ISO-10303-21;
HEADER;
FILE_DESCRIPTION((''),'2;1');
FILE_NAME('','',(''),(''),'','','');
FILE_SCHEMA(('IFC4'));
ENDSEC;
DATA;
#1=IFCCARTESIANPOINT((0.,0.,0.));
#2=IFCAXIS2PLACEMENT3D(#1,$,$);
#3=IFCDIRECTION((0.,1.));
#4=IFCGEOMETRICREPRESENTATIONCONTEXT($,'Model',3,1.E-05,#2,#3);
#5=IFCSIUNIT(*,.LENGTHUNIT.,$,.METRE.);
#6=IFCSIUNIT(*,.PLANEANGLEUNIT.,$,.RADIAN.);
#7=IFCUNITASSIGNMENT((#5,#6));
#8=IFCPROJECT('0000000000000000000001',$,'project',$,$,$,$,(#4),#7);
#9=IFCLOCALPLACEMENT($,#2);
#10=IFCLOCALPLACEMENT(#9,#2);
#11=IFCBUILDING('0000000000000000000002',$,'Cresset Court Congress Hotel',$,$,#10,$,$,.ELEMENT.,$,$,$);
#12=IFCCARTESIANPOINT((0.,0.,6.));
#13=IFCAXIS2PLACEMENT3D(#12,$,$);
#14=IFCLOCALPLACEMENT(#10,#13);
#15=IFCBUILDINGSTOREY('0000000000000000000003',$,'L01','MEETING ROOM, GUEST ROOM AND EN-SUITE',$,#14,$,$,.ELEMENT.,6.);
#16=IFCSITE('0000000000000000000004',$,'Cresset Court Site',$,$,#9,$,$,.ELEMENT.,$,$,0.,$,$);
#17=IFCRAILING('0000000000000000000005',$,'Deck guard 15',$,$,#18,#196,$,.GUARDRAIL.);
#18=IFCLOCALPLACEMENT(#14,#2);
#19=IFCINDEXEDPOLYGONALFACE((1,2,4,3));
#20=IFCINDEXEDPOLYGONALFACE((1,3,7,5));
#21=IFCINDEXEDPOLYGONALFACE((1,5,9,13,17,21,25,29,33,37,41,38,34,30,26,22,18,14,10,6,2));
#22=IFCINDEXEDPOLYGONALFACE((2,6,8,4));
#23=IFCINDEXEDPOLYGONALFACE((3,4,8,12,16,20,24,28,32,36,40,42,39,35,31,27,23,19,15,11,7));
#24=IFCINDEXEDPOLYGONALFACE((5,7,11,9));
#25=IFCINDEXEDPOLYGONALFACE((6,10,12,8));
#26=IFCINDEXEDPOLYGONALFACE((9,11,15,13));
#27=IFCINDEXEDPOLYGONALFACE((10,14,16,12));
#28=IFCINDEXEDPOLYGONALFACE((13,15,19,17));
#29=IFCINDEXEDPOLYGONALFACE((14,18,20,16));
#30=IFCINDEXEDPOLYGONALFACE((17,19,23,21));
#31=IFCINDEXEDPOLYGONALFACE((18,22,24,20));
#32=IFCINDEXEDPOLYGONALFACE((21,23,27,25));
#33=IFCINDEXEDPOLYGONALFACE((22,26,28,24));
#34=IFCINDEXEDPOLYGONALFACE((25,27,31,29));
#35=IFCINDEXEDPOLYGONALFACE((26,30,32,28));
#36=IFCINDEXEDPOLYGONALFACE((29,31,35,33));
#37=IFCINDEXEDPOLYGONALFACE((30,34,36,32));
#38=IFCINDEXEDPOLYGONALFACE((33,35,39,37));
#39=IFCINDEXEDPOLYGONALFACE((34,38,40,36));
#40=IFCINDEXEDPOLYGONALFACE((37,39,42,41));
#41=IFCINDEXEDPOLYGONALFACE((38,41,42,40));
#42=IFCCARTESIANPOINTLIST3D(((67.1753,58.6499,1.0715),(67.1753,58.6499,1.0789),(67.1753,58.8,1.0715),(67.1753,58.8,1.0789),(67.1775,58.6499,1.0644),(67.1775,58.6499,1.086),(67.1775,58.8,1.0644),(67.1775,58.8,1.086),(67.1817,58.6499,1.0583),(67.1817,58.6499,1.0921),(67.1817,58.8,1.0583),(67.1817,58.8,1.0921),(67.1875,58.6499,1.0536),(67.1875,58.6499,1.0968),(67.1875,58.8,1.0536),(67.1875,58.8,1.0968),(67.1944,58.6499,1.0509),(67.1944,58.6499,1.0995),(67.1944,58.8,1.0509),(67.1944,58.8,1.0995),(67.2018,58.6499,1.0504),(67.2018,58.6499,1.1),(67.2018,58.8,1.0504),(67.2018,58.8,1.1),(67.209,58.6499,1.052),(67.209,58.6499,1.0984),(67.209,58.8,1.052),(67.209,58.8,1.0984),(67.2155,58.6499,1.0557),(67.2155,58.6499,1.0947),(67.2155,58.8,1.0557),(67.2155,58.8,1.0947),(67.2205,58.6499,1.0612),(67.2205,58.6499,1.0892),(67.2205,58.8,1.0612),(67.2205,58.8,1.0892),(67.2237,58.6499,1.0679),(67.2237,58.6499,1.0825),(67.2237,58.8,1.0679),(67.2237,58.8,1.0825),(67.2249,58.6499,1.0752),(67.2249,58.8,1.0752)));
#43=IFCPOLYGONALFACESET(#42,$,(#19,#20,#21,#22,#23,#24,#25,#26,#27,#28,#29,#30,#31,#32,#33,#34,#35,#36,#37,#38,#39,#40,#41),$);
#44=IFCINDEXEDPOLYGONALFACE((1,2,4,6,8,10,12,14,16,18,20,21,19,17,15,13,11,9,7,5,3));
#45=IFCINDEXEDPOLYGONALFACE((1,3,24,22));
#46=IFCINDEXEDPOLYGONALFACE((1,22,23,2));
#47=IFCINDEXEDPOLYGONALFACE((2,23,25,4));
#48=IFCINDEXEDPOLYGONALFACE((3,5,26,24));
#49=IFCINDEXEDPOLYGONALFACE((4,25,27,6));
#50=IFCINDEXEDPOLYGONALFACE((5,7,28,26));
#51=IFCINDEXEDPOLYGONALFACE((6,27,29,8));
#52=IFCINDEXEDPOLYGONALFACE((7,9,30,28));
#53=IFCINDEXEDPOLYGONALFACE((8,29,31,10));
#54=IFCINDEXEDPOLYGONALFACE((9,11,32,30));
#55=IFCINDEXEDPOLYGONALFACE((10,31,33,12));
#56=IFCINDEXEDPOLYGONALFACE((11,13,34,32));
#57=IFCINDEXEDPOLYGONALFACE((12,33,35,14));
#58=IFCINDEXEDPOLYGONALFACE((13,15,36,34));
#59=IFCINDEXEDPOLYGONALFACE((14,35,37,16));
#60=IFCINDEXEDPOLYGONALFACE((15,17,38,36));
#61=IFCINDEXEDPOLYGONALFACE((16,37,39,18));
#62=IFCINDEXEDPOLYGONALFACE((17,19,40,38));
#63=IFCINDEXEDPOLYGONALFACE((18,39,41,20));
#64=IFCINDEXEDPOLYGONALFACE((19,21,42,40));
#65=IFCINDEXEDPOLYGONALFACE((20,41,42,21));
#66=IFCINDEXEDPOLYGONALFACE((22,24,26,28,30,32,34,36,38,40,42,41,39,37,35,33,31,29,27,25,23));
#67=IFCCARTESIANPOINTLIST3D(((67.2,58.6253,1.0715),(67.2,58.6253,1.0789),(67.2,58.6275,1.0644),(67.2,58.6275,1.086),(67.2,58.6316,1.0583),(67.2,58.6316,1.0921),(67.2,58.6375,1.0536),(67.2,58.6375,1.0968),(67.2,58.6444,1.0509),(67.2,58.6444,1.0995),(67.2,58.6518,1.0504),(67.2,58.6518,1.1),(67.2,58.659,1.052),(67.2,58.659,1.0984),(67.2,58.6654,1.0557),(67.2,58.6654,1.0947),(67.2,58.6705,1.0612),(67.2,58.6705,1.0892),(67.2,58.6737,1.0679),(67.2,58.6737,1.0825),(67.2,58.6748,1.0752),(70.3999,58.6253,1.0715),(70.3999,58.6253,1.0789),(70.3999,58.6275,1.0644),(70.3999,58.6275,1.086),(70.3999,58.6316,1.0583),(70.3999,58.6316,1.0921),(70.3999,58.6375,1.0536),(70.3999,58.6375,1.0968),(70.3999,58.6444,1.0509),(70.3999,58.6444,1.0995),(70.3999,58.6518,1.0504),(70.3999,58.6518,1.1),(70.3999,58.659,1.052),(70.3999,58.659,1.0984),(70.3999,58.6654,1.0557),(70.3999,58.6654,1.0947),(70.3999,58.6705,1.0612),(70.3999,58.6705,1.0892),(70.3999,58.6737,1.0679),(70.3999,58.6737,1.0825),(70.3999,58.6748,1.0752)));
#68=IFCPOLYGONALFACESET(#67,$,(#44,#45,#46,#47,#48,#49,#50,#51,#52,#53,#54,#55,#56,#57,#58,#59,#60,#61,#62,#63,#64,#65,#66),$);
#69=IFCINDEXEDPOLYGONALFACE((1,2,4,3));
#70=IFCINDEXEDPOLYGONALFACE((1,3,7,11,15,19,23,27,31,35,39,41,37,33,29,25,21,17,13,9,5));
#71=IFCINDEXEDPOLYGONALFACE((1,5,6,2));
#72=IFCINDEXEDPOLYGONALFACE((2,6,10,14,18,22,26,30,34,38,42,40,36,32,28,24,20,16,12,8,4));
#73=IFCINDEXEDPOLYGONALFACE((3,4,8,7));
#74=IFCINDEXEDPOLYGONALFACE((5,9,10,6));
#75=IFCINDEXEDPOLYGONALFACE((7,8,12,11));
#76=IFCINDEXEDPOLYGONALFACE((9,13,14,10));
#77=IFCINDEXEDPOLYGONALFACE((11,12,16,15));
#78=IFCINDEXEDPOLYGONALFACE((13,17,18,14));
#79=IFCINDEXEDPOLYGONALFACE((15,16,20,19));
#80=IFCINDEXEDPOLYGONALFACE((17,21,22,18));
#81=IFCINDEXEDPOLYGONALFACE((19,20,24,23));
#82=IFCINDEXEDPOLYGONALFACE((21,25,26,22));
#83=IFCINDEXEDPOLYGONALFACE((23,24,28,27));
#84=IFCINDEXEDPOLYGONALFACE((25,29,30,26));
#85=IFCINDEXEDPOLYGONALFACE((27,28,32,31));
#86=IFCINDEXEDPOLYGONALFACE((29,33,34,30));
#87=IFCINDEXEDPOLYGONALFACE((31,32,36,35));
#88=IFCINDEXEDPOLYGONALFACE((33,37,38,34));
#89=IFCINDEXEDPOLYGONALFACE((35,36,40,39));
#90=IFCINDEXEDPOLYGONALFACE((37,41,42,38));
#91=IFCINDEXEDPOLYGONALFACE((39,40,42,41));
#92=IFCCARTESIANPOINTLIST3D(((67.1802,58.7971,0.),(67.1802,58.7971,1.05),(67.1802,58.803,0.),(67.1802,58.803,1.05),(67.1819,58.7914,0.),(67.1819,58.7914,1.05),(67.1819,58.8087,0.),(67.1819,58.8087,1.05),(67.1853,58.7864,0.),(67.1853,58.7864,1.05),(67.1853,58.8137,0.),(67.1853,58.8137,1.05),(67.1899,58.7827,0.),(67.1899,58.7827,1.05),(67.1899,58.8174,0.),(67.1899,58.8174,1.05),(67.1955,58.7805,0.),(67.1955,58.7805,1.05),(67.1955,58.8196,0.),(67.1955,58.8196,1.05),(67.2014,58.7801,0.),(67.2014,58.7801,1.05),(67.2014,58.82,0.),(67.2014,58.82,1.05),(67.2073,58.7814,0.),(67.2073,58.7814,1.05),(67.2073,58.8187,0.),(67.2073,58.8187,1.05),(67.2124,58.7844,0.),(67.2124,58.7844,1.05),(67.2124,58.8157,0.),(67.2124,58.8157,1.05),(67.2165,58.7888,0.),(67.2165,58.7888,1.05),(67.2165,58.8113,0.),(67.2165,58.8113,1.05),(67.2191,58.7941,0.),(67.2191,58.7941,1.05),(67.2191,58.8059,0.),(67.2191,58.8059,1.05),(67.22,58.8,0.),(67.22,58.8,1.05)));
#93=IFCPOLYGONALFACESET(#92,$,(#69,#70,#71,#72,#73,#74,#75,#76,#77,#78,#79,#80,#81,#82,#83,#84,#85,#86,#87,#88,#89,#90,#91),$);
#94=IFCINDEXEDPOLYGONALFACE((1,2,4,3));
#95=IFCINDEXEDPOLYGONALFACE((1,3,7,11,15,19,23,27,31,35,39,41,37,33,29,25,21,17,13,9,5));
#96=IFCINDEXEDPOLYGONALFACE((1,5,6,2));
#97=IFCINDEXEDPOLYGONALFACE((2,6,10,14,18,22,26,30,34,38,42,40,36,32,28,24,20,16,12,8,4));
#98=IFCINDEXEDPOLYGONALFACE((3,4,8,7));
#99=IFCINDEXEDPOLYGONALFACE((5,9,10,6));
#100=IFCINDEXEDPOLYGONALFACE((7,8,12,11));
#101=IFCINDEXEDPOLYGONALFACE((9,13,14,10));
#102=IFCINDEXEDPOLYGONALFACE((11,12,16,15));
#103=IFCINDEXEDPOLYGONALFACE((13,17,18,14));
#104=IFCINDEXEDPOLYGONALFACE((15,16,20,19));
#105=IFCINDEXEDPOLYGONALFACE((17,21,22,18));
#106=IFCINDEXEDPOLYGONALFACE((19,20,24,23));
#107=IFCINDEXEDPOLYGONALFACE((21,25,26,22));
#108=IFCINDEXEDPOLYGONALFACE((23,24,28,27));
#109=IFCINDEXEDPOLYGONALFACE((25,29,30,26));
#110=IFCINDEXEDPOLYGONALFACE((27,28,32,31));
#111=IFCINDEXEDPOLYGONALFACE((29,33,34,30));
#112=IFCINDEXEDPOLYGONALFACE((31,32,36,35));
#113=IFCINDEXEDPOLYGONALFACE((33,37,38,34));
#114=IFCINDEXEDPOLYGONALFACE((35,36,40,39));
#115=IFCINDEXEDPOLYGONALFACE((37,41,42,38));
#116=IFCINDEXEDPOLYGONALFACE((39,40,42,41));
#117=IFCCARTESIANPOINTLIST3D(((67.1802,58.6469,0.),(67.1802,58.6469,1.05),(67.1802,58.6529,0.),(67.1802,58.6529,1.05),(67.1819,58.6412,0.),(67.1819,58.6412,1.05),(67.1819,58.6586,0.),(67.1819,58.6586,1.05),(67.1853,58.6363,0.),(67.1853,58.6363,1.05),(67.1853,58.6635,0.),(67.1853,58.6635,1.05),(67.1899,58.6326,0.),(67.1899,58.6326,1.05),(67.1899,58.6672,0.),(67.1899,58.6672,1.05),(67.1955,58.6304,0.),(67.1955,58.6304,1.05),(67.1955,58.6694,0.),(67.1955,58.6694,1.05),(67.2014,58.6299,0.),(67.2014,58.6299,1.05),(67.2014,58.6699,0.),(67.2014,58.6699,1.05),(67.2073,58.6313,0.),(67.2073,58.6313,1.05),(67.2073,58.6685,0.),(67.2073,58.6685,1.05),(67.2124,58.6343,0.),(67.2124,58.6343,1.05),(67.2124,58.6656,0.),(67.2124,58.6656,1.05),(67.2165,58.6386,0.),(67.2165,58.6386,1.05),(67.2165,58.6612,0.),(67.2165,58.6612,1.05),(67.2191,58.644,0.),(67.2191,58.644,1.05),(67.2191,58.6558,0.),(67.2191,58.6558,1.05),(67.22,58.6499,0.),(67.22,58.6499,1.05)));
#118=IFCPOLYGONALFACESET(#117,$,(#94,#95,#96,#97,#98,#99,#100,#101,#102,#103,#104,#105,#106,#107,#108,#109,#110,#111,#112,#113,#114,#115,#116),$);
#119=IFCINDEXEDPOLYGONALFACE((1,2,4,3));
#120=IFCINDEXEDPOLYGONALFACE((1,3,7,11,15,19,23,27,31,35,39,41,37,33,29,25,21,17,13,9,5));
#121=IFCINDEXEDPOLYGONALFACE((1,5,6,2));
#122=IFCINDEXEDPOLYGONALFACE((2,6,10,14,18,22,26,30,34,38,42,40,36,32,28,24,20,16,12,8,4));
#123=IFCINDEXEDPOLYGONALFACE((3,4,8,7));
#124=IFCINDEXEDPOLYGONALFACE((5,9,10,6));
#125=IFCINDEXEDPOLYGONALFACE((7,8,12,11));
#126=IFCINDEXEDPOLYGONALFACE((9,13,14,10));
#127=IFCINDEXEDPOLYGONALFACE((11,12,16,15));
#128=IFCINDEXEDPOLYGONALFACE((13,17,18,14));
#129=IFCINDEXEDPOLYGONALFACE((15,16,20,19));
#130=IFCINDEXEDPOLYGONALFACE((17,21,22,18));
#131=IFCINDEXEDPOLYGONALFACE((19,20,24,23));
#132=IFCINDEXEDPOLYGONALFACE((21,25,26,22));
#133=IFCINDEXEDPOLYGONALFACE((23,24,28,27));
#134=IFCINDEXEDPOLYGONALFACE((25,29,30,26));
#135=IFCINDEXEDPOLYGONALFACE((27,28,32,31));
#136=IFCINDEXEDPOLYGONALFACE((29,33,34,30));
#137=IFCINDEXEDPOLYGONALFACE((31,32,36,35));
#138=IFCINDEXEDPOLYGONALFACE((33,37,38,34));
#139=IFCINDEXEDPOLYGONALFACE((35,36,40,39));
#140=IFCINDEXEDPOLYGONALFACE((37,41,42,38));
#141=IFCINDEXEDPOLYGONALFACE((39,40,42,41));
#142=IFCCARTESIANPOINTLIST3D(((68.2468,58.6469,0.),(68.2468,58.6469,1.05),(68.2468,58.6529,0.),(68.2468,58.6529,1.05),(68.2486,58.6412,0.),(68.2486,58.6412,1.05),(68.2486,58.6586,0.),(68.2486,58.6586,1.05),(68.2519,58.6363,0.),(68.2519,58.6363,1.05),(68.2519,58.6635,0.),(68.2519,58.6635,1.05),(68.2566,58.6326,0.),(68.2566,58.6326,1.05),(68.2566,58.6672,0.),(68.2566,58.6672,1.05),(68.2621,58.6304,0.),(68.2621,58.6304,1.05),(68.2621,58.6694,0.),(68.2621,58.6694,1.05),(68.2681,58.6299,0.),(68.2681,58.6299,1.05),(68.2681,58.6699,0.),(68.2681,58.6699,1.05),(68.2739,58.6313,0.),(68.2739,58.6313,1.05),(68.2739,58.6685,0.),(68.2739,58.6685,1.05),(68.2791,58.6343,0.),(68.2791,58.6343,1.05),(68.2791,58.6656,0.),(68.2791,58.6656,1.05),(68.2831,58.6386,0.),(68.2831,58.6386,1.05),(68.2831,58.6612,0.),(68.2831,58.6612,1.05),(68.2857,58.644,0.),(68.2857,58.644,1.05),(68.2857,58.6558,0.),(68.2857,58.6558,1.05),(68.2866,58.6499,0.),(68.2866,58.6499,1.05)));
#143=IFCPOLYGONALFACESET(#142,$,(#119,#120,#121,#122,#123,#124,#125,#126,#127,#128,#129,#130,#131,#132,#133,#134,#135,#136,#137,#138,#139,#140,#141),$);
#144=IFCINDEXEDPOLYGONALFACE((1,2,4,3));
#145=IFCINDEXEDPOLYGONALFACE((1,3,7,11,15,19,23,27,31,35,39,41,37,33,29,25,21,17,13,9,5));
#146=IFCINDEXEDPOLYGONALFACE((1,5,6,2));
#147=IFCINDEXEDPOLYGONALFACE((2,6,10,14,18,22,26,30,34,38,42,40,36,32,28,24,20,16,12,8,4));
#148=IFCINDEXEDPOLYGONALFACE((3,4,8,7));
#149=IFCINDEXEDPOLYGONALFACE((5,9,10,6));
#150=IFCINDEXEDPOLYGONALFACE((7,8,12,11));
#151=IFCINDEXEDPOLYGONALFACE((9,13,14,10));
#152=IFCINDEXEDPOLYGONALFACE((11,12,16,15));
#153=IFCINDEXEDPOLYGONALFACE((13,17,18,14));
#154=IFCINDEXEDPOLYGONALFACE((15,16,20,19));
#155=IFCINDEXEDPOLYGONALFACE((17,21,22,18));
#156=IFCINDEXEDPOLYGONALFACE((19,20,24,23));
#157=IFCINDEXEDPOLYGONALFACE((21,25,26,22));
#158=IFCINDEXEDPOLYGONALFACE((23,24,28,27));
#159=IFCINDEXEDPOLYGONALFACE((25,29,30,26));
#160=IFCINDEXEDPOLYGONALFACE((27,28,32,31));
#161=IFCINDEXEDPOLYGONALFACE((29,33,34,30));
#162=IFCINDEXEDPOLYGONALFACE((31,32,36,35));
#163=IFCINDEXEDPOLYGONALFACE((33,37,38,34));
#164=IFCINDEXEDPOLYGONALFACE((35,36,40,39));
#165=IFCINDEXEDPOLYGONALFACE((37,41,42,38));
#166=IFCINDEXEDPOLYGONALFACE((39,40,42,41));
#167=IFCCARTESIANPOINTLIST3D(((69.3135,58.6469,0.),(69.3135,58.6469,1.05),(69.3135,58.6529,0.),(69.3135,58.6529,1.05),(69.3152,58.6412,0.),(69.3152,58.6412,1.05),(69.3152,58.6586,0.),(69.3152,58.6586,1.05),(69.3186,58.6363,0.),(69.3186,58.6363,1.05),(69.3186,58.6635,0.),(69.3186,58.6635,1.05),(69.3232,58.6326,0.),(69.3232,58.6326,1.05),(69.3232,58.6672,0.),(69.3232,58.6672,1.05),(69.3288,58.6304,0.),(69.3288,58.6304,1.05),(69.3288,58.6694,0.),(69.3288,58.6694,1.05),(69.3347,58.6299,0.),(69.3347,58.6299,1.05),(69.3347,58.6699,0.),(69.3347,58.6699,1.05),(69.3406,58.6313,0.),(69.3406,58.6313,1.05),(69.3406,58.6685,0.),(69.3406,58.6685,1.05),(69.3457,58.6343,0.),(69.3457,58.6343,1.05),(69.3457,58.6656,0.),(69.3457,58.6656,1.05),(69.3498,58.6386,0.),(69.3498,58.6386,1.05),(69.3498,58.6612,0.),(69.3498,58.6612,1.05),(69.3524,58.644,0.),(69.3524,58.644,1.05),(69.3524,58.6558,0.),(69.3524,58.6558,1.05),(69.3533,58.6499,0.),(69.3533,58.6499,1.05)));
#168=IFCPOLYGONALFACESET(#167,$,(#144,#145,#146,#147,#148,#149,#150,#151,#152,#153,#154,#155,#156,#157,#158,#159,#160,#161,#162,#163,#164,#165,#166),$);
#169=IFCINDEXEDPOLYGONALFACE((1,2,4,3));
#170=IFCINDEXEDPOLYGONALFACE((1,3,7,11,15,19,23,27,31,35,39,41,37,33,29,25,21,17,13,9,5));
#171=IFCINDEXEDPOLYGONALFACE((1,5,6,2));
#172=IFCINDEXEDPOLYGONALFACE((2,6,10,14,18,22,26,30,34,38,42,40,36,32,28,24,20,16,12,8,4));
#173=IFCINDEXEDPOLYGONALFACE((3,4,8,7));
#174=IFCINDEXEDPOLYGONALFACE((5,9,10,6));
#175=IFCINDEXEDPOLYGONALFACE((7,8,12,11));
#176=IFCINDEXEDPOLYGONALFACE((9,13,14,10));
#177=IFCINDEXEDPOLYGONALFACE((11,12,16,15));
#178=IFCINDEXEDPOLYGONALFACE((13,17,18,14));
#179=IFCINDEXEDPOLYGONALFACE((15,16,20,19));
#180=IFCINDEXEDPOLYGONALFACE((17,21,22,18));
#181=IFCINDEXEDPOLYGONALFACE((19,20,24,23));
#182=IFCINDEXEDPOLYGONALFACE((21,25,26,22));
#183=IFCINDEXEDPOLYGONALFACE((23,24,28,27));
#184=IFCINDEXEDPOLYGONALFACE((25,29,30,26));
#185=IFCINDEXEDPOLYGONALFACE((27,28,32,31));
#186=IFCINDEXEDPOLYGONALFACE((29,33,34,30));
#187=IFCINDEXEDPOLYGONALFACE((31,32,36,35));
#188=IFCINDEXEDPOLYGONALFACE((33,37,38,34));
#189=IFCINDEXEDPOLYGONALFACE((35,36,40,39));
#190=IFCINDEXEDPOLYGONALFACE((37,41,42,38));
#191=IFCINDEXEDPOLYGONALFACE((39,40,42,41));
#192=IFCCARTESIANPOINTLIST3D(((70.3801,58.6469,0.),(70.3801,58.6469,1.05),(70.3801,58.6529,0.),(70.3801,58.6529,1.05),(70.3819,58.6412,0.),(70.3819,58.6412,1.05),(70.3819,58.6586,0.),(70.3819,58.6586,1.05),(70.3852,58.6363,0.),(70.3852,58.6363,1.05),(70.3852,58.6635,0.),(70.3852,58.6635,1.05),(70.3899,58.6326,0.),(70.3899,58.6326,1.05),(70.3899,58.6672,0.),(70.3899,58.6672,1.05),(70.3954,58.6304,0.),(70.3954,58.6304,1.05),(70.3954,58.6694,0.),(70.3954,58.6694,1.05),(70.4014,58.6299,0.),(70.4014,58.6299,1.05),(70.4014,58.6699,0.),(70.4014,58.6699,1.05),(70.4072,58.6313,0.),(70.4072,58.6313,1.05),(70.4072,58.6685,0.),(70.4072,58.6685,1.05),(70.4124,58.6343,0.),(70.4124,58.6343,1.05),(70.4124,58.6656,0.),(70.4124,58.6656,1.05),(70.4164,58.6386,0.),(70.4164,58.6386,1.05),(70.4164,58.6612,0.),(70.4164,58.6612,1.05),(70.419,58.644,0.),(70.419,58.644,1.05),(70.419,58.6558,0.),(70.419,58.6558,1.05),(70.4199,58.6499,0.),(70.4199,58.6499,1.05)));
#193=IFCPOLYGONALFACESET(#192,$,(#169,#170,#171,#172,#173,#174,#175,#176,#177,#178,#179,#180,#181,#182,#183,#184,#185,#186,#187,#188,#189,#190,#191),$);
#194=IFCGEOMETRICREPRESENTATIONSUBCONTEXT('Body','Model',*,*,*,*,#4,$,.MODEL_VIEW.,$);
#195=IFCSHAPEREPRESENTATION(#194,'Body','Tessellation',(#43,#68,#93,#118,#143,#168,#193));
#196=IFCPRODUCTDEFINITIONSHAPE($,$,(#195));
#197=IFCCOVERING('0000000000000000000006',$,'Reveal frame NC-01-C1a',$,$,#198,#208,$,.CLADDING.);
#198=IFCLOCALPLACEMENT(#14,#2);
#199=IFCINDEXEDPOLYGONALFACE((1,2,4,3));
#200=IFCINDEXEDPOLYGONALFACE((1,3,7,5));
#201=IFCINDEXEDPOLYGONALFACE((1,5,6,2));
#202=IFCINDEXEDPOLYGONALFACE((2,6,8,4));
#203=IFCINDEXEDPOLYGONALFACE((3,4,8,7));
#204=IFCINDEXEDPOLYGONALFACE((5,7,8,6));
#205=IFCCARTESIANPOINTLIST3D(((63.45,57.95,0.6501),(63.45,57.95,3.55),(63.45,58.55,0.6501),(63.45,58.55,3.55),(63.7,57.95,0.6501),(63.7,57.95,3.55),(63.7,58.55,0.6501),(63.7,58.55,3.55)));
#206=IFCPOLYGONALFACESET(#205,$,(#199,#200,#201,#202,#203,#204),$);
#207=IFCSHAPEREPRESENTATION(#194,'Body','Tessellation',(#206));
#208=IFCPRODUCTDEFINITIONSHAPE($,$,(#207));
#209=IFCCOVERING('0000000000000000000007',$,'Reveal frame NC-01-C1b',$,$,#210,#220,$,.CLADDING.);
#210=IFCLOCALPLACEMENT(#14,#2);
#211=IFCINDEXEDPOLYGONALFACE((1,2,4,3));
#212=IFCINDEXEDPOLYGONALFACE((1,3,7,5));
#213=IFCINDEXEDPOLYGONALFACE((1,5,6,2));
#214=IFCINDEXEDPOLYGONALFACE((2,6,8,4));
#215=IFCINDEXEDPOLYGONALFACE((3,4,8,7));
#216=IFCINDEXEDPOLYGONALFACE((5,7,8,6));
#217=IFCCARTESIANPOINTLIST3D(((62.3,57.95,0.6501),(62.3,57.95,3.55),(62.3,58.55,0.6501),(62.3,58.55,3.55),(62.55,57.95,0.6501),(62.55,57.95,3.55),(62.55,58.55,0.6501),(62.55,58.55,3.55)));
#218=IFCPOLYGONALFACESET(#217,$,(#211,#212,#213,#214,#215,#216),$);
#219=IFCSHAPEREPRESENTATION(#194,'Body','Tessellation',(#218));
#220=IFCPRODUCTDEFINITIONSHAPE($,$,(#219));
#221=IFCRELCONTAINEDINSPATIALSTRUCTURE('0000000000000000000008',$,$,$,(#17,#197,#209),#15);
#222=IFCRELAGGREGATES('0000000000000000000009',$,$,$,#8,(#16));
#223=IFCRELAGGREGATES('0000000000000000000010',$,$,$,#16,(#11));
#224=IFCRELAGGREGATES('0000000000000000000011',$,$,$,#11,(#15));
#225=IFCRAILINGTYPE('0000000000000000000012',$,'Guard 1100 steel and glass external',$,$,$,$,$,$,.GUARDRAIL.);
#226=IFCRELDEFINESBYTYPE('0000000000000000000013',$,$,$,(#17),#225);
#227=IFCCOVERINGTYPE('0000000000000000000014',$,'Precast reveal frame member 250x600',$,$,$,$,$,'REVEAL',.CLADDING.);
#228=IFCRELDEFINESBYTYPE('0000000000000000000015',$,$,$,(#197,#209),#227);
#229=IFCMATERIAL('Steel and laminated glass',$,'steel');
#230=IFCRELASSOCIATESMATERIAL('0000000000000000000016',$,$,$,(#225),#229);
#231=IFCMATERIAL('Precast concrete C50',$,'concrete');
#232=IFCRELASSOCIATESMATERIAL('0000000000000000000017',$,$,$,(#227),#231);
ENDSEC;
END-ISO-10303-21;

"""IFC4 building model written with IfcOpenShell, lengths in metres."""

from ifc_helpers import new_model, si_unit, direction, frame, origin, origin_2d, place, context, subcontext, project, spatial, rectangle, circle, extrude, material, type_object, element, save


model = new_model("IFC4")

# Units and contexts
model_context = context("Model", 3, precision=1e-05, world=origin(), true_north=direction((0.0, 1.0)))
body_context = subcontext(model_context, "Body", "Model", "MODEL_VIEW")
ifc_project = project(units=[si_unit("LENGTHUNIT", "METRE"), si_unit("PLANEANGLEUNIT", "RADIAN")], contexts=[model_context])

# Site, building, storey
site_placement = place(None, origin())
site = spatial("IfcSite", under=ifc_project, at=site_placement, Name="Cresset Court Site", CompositionType="ELEMENT", RefElevation=0.0)
building_placement = place(site_placement, origin())
building = spatial("IfcBuilding", under=site, at=building_placement, Name="Cresset Court Congress Hotel", CompositionType="ELEMENT")
storey_placement = place(building_placement, frame((0.0, 0.0, 6.0)))
storey = spatial("IfcBuildingStorey", under=building, at=storey_placement, Name="L01", Description="MEETING ROOM, GUEST ROOM AND EN-SUITE", CompositionType="ELEMENT", Elevation=6.0)

# Railing
ifc_material_1 = material(Name="Steel and laminated glass", Category="steel")
railing_type_1 = type_object("IfcRailingType", Name="Guard 1100 steel and glass external", PredefinedType="GUARDRAIL", material=ifc_material_1)
railing_1_placement = place(storey_placement, frame((67.2, 58.8, 0.0)))
element("IfcRailing", 1, at=railing_1_placement, inside=storey, type_object=railing_type_1, Name="Deck guard 15", PredefinedType="GUARDRAIL", context=body_context, shape_type="SweptSolid", body=[
    extrude(circle(Radius=0.0249, at=origin_2d()), frame((0.0, 0.0, 1.0752), z_axis=(0.0, -1.0, 0.0), x_axis=(1.0, 0.0, 0.0)), (0.0, 0.0, 1.0), 0.1501),
    extrude(circle(Radius=0.0249, at=origin_2d()), frame((0.0, -0.1501, 1.0752), z_axis=(1.0, 0.0, 0.0), x_axis=(0.0, 1.0, 0.0)), (0.0, 0.0, 1.0), 3.2),
    extrude(circle(Radius=0.02, at=origin_2d()), origin(), (0.0, 0.0, 1.0), 1.05),
    extrude(circle(Radius=0.02, at=origin_2d()), frame((0.0, -0.1501, 0.0)), (0.0, 0.0, 1.0), 1.05),
    extrude(circle(Radius=0.02, at=origin_2d()), frame((1.0667, -0.1501, 0.0)), (0.0, 0.0, 1.0), 1.05),
    extrude(circle(Radius=0.02, at=origin_2d()), frame((2.1333, -0.1501, 0.0)), (0.0, 0.0, 1.0), 1.05),
    extrude(circle(Radius=0.02, at=origin_2d()), frame((3.2, -0.1501, 0.0)), (0.0, 0.0, 1.0), 1.05),
])

# Coverings
ifc_material_2 = material(Name="Precast concrete C50", Category="concrete")
covering_type = type_object("IfcCoveringType", Name="Precast reveal frame member 250x600", ElementType="REVEAL", PredefinedType="CLADDING", material=ifc_material_2)
for number, where, z_axis, x_axis, name in (
    (2, (63.575, 58.25, 0.6501), (0.0, 0.0, 1.0), (1.0, 0.0, 0.0), "Reveal frame NC-01-C1a"),
    (3, (62.425, 58.25, 0.6501), (0.0, 0.0, 1.0), (1.0, 0.0, 0.0), "Reveal frame NC-01-C1b"),
):
    element("IfcCovering", number, at=place(storey_placement, frame(where, z_axis=z_axis, x_axis=x_axis)), inside=storey, type_object=covering_type, Name=name, PredefinedType="CLADDING", context=body_context, shape_type="SweptSolid", body=[
        extrude(rectangle(XDim=0.25, YDim=0.6001, at=origin_2d()), origin(), (0.0, 0.0, 1.0), 2.8999),
    ])

save(model, "model.ifc")
